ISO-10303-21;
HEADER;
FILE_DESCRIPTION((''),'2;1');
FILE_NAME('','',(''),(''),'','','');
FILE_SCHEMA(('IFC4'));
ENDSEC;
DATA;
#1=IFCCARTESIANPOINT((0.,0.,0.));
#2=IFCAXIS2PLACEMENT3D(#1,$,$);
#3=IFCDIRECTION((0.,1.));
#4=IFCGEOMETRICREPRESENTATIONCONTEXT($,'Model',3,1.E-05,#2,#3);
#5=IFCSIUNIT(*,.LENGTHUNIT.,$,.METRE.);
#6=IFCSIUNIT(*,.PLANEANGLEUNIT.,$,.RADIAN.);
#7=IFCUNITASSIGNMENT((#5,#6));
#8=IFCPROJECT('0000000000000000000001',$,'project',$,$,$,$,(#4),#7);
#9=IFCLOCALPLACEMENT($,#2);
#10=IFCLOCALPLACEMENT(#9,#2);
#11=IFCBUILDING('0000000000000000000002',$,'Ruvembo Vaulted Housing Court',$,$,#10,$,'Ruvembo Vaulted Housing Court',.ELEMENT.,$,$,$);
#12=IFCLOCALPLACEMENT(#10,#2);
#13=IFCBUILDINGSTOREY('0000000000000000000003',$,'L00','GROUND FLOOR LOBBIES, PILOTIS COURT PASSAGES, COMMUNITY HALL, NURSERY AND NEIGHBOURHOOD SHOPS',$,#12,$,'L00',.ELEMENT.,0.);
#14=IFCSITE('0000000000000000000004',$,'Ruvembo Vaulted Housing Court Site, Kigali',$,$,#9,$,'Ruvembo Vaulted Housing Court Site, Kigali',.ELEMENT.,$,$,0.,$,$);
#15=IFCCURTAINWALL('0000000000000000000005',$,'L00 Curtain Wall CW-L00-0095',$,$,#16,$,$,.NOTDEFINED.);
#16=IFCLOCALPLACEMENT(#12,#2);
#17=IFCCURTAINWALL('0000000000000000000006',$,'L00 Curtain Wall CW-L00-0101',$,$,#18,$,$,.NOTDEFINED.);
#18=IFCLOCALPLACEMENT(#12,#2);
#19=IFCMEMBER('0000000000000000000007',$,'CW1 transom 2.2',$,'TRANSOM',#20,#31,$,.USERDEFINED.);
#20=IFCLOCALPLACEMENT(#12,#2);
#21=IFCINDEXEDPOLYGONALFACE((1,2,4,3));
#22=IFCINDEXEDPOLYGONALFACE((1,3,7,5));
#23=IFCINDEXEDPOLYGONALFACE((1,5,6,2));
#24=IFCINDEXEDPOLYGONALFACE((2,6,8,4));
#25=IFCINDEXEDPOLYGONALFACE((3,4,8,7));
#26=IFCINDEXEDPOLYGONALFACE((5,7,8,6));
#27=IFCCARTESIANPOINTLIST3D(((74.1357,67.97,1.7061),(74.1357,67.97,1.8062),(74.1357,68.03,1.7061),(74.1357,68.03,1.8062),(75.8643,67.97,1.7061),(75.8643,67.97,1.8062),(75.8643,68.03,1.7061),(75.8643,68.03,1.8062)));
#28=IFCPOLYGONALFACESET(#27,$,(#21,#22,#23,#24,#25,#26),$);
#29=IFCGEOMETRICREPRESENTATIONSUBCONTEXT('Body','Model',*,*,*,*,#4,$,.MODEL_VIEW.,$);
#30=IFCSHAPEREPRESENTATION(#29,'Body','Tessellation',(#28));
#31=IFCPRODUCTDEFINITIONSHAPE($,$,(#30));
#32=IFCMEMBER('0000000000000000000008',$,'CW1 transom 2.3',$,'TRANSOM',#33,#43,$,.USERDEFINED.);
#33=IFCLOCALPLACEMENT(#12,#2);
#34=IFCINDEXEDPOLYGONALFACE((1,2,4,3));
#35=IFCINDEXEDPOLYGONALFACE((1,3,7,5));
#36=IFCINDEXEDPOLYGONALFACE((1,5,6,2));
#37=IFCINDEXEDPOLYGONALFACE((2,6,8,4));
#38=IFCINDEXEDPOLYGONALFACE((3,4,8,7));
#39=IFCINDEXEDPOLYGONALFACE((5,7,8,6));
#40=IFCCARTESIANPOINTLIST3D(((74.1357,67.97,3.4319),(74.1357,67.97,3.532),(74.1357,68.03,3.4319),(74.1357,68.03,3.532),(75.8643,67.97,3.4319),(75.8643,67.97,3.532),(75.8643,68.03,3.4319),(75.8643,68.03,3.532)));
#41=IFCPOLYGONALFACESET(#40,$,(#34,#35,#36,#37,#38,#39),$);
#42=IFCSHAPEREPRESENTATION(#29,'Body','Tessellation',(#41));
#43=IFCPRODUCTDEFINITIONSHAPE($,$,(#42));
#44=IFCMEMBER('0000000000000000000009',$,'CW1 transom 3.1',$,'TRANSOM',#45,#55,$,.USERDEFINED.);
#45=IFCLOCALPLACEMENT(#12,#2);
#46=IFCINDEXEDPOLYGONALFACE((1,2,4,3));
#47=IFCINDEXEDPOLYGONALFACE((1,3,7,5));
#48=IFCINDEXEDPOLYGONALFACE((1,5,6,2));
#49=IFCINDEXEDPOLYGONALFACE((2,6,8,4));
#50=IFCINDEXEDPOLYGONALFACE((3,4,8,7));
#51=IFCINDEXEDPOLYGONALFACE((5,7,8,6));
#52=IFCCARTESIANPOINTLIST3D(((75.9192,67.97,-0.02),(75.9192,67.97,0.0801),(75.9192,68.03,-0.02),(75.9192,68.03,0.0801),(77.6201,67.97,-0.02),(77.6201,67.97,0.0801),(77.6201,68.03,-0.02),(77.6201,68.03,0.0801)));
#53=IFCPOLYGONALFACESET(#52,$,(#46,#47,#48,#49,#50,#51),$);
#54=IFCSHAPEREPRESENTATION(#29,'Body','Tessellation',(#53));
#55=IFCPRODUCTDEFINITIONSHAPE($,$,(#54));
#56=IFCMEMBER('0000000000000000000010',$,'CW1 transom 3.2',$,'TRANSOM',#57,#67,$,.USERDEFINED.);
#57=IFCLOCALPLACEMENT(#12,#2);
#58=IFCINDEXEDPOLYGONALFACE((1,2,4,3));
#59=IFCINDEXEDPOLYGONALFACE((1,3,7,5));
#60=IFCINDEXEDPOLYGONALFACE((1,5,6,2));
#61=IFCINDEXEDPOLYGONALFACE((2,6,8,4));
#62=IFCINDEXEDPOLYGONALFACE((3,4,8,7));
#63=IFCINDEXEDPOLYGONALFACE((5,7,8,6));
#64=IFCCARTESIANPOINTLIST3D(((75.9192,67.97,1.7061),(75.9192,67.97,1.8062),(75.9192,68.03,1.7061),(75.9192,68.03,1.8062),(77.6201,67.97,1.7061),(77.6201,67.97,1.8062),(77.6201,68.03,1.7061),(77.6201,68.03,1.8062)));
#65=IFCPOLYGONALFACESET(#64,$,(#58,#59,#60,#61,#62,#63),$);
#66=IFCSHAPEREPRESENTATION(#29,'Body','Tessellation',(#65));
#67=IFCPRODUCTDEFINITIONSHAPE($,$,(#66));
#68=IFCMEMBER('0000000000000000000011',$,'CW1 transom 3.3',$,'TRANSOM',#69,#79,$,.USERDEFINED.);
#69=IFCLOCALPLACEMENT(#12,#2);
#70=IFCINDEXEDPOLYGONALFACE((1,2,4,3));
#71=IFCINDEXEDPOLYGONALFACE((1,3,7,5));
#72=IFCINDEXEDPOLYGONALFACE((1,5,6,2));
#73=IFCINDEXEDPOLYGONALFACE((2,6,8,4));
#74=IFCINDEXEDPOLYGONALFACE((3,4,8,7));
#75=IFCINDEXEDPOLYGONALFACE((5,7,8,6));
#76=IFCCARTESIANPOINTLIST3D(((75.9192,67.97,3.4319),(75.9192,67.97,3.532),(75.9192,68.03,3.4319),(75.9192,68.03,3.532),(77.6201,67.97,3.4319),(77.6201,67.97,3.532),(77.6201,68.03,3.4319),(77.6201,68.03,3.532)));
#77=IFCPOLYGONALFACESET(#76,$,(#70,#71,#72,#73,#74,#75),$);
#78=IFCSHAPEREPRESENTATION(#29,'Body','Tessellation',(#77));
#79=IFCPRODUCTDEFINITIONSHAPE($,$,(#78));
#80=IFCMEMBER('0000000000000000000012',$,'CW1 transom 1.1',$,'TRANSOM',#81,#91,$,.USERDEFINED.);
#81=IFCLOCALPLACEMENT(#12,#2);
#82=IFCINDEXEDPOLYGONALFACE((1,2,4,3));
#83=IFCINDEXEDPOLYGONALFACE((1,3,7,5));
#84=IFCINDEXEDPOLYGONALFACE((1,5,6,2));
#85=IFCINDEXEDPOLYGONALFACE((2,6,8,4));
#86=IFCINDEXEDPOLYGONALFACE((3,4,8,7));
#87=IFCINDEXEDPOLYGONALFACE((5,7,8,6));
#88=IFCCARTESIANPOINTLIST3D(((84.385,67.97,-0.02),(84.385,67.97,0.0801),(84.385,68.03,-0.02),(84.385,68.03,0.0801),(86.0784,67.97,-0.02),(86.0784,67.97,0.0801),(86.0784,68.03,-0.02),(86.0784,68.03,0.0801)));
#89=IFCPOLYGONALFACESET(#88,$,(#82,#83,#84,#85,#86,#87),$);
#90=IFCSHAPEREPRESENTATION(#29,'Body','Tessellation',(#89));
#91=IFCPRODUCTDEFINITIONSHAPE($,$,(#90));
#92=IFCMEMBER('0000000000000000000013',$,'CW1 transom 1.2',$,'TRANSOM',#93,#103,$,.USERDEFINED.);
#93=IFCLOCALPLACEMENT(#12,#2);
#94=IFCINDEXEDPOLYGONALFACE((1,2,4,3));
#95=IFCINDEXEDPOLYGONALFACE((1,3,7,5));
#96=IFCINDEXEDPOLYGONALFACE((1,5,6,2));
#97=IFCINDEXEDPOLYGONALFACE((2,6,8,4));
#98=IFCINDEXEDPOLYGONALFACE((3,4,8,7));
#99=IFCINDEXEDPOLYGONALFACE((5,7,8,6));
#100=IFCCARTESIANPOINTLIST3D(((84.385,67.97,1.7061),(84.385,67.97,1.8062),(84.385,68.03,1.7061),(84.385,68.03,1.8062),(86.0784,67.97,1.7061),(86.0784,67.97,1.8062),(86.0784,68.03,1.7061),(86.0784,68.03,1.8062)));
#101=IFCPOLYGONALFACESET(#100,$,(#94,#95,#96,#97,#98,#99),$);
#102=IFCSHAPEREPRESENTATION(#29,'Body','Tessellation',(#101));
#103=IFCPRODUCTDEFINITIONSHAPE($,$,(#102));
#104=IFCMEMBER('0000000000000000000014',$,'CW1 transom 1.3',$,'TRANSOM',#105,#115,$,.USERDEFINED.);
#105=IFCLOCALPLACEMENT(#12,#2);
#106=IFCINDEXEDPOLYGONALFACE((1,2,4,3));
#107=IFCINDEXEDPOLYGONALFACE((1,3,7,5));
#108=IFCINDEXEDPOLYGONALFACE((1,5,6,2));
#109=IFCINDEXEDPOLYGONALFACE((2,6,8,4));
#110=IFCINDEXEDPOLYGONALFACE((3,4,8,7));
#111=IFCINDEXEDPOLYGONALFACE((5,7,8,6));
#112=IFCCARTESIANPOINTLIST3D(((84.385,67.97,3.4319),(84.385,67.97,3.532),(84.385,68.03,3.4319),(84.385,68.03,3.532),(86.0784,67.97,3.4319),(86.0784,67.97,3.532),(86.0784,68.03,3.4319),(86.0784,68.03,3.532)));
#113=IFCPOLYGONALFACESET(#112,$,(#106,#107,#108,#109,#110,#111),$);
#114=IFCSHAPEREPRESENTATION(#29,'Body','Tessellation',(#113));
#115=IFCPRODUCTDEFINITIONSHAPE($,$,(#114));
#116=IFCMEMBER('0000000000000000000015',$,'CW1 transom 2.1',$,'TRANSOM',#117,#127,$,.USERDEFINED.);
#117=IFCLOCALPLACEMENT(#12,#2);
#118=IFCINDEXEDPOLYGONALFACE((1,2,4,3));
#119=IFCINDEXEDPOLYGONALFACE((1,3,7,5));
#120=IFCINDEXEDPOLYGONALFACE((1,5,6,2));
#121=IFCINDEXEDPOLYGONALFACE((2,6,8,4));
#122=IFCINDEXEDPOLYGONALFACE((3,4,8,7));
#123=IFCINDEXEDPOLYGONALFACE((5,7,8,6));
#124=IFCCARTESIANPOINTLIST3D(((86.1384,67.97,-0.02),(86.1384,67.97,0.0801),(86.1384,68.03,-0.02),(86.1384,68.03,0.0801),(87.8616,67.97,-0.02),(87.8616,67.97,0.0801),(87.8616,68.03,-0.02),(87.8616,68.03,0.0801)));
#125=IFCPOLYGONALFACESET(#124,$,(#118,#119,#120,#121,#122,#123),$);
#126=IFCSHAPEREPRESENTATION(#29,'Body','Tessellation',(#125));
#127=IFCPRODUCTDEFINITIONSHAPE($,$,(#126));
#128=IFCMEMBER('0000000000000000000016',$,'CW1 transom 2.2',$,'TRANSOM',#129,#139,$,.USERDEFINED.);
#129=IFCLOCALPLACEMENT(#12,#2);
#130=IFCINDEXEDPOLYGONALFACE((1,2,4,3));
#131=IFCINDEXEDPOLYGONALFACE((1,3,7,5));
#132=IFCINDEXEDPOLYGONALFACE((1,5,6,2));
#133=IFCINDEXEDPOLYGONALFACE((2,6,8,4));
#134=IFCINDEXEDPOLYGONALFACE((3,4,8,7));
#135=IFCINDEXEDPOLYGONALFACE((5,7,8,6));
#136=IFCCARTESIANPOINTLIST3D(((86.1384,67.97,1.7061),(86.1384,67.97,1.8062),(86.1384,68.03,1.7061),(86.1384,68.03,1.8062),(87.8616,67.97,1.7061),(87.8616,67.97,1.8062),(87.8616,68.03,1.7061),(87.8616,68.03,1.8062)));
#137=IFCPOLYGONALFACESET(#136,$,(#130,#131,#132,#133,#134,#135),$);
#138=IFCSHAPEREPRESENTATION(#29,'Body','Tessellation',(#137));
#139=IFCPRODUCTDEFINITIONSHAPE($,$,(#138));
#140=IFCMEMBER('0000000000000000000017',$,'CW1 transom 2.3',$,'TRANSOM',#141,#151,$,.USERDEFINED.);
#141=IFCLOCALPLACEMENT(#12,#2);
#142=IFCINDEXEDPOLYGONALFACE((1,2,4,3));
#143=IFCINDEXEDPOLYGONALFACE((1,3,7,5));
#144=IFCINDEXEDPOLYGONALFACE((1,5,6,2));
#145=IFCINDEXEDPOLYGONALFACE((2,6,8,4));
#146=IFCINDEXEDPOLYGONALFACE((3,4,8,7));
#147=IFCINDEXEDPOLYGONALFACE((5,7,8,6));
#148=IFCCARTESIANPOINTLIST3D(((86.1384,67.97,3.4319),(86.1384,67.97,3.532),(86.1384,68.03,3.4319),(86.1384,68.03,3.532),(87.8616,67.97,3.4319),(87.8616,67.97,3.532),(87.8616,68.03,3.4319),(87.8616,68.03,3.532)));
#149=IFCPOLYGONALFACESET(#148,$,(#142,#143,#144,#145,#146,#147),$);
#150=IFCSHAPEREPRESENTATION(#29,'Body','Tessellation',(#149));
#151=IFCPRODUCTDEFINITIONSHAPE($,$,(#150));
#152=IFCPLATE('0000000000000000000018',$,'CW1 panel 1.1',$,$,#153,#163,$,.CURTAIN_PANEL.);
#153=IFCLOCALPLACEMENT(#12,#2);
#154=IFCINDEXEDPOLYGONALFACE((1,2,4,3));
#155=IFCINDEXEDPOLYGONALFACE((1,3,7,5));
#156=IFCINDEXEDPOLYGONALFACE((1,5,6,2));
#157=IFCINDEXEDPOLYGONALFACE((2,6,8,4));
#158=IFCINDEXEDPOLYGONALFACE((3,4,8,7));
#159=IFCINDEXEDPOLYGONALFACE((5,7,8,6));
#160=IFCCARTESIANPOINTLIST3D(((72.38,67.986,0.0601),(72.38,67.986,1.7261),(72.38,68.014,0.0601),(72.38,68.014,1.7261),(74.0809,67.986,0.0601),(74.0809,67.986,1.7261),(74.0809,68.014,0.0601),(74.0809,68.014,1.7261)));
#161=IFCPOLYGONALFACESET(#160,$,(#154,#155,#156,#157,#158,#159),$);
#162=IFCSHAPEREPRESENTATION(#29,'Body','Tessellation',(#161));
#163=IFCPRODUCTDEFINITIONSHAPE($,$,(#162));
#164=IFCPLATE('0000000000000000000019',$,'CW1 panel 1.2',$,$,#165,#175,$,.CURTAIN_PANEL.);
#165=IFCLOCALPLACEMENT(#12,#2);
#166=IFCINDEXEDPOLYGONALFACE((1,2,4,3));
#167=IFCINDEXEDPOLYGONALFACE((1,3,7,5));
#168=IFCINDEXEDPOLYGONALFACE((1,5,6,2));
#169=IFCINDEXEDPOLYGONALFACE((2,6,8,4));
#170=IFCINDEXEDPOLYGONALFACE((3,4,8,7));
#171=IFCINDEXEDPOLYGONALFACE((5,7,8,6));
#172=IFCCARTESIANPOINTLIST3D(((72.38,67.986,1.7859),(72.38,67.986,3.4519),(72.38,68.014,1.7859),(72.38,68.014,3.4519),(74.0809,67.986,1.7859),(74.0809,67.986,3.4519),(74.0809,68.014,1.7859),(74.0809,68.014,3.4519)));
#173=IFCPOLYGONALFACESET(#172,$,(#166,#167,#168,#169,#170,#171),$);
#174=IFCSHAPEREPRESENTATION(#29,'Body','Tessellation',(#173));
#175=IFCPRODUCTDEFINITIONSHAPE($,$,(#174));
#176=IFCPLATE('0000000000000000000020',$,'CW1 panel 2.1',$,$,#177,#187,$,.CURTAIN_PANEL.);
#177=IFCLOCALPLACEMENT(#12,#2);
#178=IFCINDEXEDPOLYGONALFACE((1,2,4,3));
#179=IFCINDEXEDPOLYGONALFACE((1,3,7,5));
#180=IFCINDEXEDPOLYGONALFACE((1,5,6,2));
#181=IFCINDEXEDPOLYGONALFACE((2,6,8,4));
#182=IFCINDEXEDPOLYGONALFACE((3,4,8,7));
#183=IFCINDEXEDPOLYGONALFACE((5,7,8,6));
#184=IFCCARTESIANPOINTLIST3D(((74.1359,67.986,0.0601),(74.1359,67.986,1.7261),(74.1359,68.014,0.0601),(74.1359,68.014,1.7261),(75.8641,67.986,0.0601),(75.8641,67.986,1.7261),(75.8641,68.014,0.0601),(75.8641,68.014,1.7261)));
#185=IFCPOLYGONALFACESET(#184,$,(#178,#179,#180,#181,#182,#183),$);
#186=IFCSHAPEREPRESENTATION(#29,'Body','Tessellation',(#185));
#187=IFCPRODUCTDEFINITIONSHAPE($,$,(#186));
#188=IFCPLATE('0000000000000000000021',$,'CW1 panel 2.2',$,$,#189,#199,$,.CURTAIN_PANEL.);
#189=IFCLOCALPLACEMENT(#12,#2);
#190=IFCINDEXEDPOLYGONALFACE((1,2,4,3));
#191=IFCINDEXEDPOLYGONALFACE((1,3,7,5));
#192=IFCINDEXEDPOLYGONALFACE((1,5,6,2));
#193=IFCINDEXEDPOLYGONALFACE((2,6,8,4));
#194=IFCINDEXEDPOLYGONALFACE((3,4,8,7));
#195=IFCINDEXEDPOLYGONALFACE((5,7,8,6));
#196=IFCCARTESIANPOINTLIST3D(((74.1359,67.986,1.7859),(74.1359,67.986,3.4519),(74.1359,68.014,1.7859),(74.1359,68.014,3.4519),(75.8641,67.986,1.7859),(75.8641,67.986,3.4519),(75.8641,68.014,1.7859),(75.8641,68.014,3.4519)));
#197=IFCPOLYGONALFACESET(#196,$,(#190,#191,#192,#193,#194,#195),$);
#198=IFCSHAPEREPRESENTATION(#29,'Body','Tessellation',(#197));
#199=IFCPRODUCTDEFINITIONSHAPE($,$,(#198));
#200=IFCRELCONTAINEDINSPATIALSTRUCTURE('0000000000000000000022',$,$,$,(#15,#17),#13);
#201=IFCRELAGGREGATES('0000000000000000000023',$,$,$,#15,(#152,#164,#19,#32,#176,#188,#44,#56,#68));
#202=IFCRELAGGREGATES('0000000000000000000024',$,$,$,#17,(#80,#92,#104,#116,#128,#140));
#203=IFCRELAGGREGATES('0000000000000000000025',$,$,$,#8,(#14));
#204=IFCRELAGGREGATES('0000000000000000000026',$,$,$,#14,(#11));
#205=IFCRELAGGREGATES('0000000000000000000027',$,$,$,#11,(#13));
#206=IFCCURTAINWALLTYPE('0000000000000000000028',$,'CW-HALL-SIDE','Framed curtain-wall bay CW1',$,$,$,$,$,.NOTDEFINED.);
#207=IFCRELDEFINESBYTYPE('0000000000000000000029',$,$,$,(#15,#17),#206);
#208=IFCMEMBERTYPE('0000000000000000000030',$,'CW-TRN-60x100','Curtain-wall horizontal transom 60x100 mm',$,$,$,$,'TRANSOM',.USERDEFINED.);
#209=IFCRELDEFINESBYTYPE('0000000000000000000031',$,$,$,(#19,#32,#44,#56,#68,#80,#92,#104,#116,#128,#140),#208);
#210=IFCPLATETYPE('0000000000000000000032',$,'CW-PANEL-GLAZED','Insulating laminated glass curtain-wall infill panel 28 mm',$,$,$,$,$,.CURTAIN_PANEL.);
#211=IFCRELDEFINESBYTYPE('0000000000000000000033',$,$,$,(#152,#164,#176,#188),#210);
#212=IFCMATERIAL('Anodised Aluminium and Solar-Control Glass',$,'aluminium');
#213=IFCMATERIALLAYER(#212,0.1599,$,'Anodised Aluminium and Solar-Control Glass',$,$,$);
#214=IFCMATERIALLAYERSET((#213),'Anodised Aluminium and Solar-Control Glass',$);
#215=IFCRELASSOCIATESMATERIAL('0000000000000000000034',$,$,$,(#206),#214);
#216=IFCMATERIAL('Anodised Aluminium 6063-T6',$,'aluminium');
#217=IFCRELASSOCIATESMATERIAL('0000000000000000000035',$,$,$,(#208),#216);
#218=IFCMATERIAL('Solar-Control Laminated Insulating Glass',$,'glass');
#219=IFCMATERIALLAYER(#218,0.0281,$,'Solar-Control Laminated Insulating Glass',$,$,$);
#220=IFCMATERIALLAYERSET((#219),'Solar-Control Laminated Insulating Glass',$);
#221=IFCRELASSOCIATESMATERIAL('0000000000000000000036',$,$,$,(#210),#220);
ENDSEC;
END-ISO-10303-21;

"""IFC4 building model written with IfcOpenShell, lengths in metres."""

from ifc_helpers import new_model, si_unit, direction, frame, origin, origin_2d, place, context, subcontext, project, spatial, rectangle, extrude, material, layer, layer_set, material_profile, profile_set, type_object, element, aggregate, save


model = new_model("IFC4")

# Units and contexts
model_context = context("Model", 3, precision=1e-05, world=origin(), true_north=direction((0.0, 1.0)))
body_context = subcontext(model_context, "Body", "Model", "MODEL_VIEW")
ifc_project = project(units=[si_unit("LENGTHUNIT", "METRE"), si_unit("PLANEANGLEUNIT", "RADIAN")], contexts=[model_context])

# Site, building, storey
site_placement = place(None, origin())
site = spatial("IfcSite", under=ifc_project, at=site_placement, Name="Ruvembo Vaulted Housing Court Site, Kigali", LongName="Ruvembo Vaulted Housing Court Site, Kigali", CompositionType="ELEMENT", RefElevation=0.0)
building_placement = place(site_placement, origin())
building = spatial("IfcBuilding", under=site, at=building_placement, Name="Ruvembo Vaulted Housing Court", LongName="Ruvembo Vaulted Housing Court", CompositionType="ELEMENT")
storey_placement = place(building_placement, origin())
storey = spatial("IfcBuildingStorey", under=building, at=storey_placement, Name="L00", Description="GROUND FLOOR LOBBIES, PILOTIS COURT PASSAGES, COMMUNITY HALL, NURSERY AND NEIGHBOURHOOD SHOPS", LongName="L00", CompositionType="ELEMENT", Elevation=0.0)

# Curtain wall
ifc_material_1 = material(Name="Anodised Aluminium and Solar-Control Glass", Category="aluminium")
ifc_layer_1 = layer(ifc_material_1, 0.1599, Name="Anodised Aluminium and Solar-Control Glass")
ifc_layer_set_1 = layer_set([ifc_layer_1], Name="Anodised Aluminium and Solar-Control Glass")
curtain_wall_type_1 = type_object("IfcCurtainWallType", Name="CW-HALL-SIDE", Description="Framed curtain-wall bay CW1", PredefinedType="NOTDEFINED", material=ifc_layer_set_1)
curtain_wall_1_placement = place(storey_placement, origin())
curtain_wall_1 = element("IfcCurtainWall", 1, at=curtain_wall_1_placement, inside=storey, type_object=curtain_wall_type_1, Name="L00 Curtain Wall CW-L00-0095", PredefinedType="NOTDEFINED")
ifc_material_2 = material(Name="Anodised Aluminium 6063-T6", Category="aluminium")

# Curtain wall
curtain_wall_2_placement = place(storey_placement, origin())
curtain_wall_2 = element("IfcCurtainWall", 2, at=curtain_wall_2_placement, inside=storey, type_object=curtain_wall_type_1, Name="L00 Curtain Wall CW-L00-0101", PredefinedType="NOTDEFINED")

# Members
ifc_material_profile_1 = material_profile(ifc_material_2, rectangle(XDim=0.0601, YDim=0.1001, at=origin_2d()), Name="ALU 60x100")
ifc_profile_set_1 = profile_set([ifc_material_profile_1], Name="Anodised Aluminium 6063-T6")
member_type_1 = type_object("IfcMemberType", Name="CW-TRN-60x100", Description="Curtain-wall horizontal transom 60x100 mm", ElementType="TRANSOM", PredefinedType="USERDEFINED", material=ifc_profile_set_1)
member_1_placement = place(storey_placement, frame((74.1357, 68.0, 1.7561), z_axis=(1.0, 0.0, 0.0), x_axis=(0.0, 1.0, 0.0)))
member_1 = element("IfcMember", 3, at=member_1_placement, type_object=member_type_1, Name="CW1 transom 2.2", ObjectType="TRANSOM", PredefinedType="USERDEFINED", context=body_context, shape_type="SweptSolid", body=[
    extrude(rectangle(XDim=0.0601, YDim=0.1001, at=origin_2d()), origin(), (0.0, 0.0, 1.0), 1.7285),
])
member_2_placement = place(storey_placement, frame((74.1357, 68.0, 3.4819), z_axis=(1.0, 0.0, 0.0), x_axis=(0.0, 1.0, 0.0)))
member_2 = element("IfcMember", 4, at=member_2_placement, type_object=member_type_1, Name="CW1 transom 2.3", ObjectType="TRANSOM", PredefinedType="USERDEFINED", context=body_context, shape_type="SweptSolid", body=[
    extrude(rectangle(XDim=0.0601, YDim=0.1001, at=origin_2d()), origin(), (0.0, 0.0, 1.0), 1.7285),
])
member_3_placement = place(storey_placement, frame((75.9192, 68.0, 0.03), z_axis=(1.0, 0.0, 0.0), x_axis=(0.0, 1.0, 0.0)))
member_3 = element("IfcMember", 5, at=member_3_placement, type_object=member_type_1, Name="CW1 transom 3.1", ObjectType="TRANSOM", PredefinedType="USERDEFINED", context=body_context, shape_type="SweptSolid", body=[
    extrude(rectangle(XDim=0.0601, YDim=0.1001, at=origin_2d()), origin(), (0.0, 0.0, 1.0), 1.7009),
])
member_4_placement = place(storey_placement, frame((75.9192, 68.0, 1.7561), z_axis=(1.0, 0.0, 0.0), x_axis=(0.0, 1.0, 0.0)))
member_4 = element("IfcMember", 6, at=member_4_placement, type_object=member_type_1, Name="CW1 transom 3.2", ObjectType="TRANSOM", PredefinedType="USERDEFINED", context=body_context, shape_type="SweptSolid", body=[
    extrude(rectangle(XDim=0.0601, YDim=0.1001, at=origin_2d()), origin(), (0.0, 0.0, 1.0), 1.7009),
])
member_5_placement = place(storey_placement, frame((75.9192, 68.0, 3.4819), z_axis=(1.0, 0.0, 0.0), x_axis=(0.0, 1.0, 0.0)))
member_5 = element("IfcMember", 7, at=member_5_placement, type_object=member_type_1, Name="CW1 transom 3.3", ObjectType="TRANSOM", PredefinedType="USERDEFINED", context=body_context, shape_type="SweptSolid", body=[
    extrude(rectangle(XDim=0.0601, YDim=0.1001, at=origin_2d()), origin(), (0.0, 0.0, 1.0), 1.7009),
])
member_6_placement = place(storey_placement, frame((84.385, 68.0, 0.03), z_axis=(1.0, 0.0, 0.0), x_axis=(0.0, 1.0, 0.0)))
member_6 = element("IfcMember", 8, at=member_6_placement, type_object=member_type_1, Name="CW1 transom 1.1", ObjectType="TRANSOM", PredefinedType="USERDEFINED", context=body_context, shape_type="SweptSolid", body=[
    extrude(rectangle(XDim=0.0601, YDim=0.1001, at=origin_2d()), origin(), (0.0, 0.0, 1.0), 1.6934),
])
member_7_placement = place(storey_placement, frame((84.385, 68.0, 1.7561), z_axis=(1.0, 0.0, 0.0), x_axis=(0.0, 1.0, 0.0)))
member_7 = element("IfcMember", 9, at=member_7_placement, type_object=member_type_1, Name="CW1 transom 1.2", ObjectType="TRANSOM", PredefinedType="USERDEFINED", context=body_context, shape_type="SweptSolid", body=[
    extrude(rectangle(XDim=0.0601, YDim=0.1001, at=origin_2d()), origin(), (0.0, 0.0, 1.0), 1.6934),
])
member_8_placement = place(storey_placement, frame((84.385, 68.0, 3.4819), z_axis=(1.0, 0.0, 0.0), x_axis=(0.0, 1.0, 0.0)))
member_8 = element("IfcMember", 10, at=member_8_placement, type_object=member_type_1, Name="CW1 transom 1.3", ObjectType="TRANSOM", PredefinedType="USERDEFINED", context=body_context, shape_type="SweptSolid", body=[
    extrude(rectangle(XDim=0.0601, YDim=0.1001, at=origin_2d()), origin(), (0.0, 0.0, 1.0), 1.6934),
])
member_9_placement = place(storey_placement, frame((86.1384, 68.0, 0.03), z_axis=(1.0, 0.0, 0.0), x_axis=(0.0, 1.0, 0.0)))
member_9 = element("IfcMember", 11, at=member_9_placement, type_object=member_type_1, Name="CW1 transom 2.1", ObjectType="TRANSOM", PredefinedType="USERDEFINED", context=body_context, shape_type="SweptSolid", body=[
    extrude(rectangle(XDim=0.0601, YDim=0.1001, at=origin_2d()), origin(), (0.0, 0.0, 1.0), 1.7231),
])
member_10_placement = place(storey_placement, frame((86.1384, 68.0, 1.7561), z_axis=(1.0, 0.0, 0.0), x_axis=(0.0, 1.0, 0.0)))
member_10 = element("IfcMember", 12, at=member_10_placement, type_object=member_type_1, Name="CW1 transom 2.2", ObjectType="TRANSOM", PredefinedType="USERDEFINED", context=body_context, shape_type="SweptSolid", body=[
    extrude(rectangle(XDim=0.0601, YDim=0.1001, at=origin_2d()), origin(), (0.0, 0.0, 1.0), 1.7231),
])
member_11_placement = place(storey_placement, frame((86.1384, 68.0, 3.4819), z_axis=(1.0, 0.0, 0.0), x_axis=(0.0, 1.0, 0.0)))
member_11 = element("IfcMember", 13, at=member_11_placement, type_object=member_type_1, Name="CW1 transom 2.3", ObjectType="TRANSOM", PredefinedType="USERDEFINED", context=body_context, shape_type="SweptSolid", body=[
    extrude(rectangle(XDim=0.0601, YDim=0.1001, at=origin_2d()), origin(), (0.0, 0.0, 1.0), 1.7231),
])

# Plates
ifc_material_3 = material(Name="Solar-Control Laminated Insulating Glass", Category="glass")
ifc_layer_2 = layer(ifc_material_3, 0.0281, Name="Solar-Control Laminated Insulating Glass")
ifc_layer_set_2 = layer_set([ifc_layer_2], Name="Solar-Control Laminated Insulating Glass")
plate_type = type_object("IfcPlateType", Name="CW-PANEL-GLAZED", Description="Insulating laminated glass curtain-wall infill panel 28 mm", PredefinedType="CURTAIN_PANEL", material=ifc_layer_set_2)
plate_1_placement = place(storey_placement, frame((73.2305, 68.0, 0.0601), z_axis=(0.0, 0.0, 1.0), x_axis=(1.0, 0.0, 0.0)))
plate_1 = element("IfcPlate", 14, at=plate_1_placement, type_object=plate_type, Name="CW1 panel 1.1", PredefinedType="CURTAIN_PANEL", context=body_context, shape_type="SweptSolid", body=[
    extrude(rectangle(XDim=1.7009, YDim=0.0281, at=origin_2d()), origin(), (0.0, 0.0, 1.0), 1.666),
])
plate_2_placement = place(storey_placement, frame((73.2305, 68.0, 1.7859), z_axis=(0.0, 0.0, 1.0), x_axis=(1.0, 0.0, 0.0)))
plate_2 = element("IfcPlate", 15, at=plate_2_placement, type_object=plate_type, Name="CW1 panel 1.2", PredefinedType="CURTAIN_PANEL", context=body_context, shape_type="SweptSolid", body=[
    extrude(rectangle(XDim=1.7009, YDim=0.0281, at=origin_2d()), origin(), (0.0, 0.0, 1.0), 1.666),
])
plate_3_placement = place(storey_placement, frame((75.0, 68.0, 0.0601), z_axis=(0.0, 0.0, 1.0), x_axis=(1.0, 0.0, 0.0)))
plate_3 = element("IfcPlate", 16, at=plate_3_placement, type_object=plate_type, Name="CW1 panel 2.1", PredefinedType="CURTAIN_PANEL", context=body_context, shape_type="SweptSolid", body=[
    extrude(rectangle(XDim=1.7283, YDim=0.0281, at=origin_2d()), origin(), (0.0, 0.0, 1.0), 1.666),
])
plate_4_placement = place(storey_placement, frame((75.0, 68.0, 1.7859), z_axis=(0.0, 0.0, 1.0), x_axis=(1.0, 0.0, 0.0)))
plate_4 = element("IfcPlate", 17, at=plate_4_placement, type_object=plate_type, Name="CW1 panel 2.2", PredefinedType="CURTAIN_PANEL", context=body_context, shape_type="SweptSolid", body=[
    extrude(rectangle(XDim=1.7283, YDim=0.0281, at=origin_2d()), origin(), (0.0, 0.0, 1.0), 1.666),
])
aggregate(curtain_wall_1, [plate_1, plate_2, member_1, member_2, plate_3, plate_4, member_3, member_4, member_5])
aggregate(curtain_wall_2, [member_6, member_7, member_8, member_9, member_10, member_11])

save(model, "model.ifc")
